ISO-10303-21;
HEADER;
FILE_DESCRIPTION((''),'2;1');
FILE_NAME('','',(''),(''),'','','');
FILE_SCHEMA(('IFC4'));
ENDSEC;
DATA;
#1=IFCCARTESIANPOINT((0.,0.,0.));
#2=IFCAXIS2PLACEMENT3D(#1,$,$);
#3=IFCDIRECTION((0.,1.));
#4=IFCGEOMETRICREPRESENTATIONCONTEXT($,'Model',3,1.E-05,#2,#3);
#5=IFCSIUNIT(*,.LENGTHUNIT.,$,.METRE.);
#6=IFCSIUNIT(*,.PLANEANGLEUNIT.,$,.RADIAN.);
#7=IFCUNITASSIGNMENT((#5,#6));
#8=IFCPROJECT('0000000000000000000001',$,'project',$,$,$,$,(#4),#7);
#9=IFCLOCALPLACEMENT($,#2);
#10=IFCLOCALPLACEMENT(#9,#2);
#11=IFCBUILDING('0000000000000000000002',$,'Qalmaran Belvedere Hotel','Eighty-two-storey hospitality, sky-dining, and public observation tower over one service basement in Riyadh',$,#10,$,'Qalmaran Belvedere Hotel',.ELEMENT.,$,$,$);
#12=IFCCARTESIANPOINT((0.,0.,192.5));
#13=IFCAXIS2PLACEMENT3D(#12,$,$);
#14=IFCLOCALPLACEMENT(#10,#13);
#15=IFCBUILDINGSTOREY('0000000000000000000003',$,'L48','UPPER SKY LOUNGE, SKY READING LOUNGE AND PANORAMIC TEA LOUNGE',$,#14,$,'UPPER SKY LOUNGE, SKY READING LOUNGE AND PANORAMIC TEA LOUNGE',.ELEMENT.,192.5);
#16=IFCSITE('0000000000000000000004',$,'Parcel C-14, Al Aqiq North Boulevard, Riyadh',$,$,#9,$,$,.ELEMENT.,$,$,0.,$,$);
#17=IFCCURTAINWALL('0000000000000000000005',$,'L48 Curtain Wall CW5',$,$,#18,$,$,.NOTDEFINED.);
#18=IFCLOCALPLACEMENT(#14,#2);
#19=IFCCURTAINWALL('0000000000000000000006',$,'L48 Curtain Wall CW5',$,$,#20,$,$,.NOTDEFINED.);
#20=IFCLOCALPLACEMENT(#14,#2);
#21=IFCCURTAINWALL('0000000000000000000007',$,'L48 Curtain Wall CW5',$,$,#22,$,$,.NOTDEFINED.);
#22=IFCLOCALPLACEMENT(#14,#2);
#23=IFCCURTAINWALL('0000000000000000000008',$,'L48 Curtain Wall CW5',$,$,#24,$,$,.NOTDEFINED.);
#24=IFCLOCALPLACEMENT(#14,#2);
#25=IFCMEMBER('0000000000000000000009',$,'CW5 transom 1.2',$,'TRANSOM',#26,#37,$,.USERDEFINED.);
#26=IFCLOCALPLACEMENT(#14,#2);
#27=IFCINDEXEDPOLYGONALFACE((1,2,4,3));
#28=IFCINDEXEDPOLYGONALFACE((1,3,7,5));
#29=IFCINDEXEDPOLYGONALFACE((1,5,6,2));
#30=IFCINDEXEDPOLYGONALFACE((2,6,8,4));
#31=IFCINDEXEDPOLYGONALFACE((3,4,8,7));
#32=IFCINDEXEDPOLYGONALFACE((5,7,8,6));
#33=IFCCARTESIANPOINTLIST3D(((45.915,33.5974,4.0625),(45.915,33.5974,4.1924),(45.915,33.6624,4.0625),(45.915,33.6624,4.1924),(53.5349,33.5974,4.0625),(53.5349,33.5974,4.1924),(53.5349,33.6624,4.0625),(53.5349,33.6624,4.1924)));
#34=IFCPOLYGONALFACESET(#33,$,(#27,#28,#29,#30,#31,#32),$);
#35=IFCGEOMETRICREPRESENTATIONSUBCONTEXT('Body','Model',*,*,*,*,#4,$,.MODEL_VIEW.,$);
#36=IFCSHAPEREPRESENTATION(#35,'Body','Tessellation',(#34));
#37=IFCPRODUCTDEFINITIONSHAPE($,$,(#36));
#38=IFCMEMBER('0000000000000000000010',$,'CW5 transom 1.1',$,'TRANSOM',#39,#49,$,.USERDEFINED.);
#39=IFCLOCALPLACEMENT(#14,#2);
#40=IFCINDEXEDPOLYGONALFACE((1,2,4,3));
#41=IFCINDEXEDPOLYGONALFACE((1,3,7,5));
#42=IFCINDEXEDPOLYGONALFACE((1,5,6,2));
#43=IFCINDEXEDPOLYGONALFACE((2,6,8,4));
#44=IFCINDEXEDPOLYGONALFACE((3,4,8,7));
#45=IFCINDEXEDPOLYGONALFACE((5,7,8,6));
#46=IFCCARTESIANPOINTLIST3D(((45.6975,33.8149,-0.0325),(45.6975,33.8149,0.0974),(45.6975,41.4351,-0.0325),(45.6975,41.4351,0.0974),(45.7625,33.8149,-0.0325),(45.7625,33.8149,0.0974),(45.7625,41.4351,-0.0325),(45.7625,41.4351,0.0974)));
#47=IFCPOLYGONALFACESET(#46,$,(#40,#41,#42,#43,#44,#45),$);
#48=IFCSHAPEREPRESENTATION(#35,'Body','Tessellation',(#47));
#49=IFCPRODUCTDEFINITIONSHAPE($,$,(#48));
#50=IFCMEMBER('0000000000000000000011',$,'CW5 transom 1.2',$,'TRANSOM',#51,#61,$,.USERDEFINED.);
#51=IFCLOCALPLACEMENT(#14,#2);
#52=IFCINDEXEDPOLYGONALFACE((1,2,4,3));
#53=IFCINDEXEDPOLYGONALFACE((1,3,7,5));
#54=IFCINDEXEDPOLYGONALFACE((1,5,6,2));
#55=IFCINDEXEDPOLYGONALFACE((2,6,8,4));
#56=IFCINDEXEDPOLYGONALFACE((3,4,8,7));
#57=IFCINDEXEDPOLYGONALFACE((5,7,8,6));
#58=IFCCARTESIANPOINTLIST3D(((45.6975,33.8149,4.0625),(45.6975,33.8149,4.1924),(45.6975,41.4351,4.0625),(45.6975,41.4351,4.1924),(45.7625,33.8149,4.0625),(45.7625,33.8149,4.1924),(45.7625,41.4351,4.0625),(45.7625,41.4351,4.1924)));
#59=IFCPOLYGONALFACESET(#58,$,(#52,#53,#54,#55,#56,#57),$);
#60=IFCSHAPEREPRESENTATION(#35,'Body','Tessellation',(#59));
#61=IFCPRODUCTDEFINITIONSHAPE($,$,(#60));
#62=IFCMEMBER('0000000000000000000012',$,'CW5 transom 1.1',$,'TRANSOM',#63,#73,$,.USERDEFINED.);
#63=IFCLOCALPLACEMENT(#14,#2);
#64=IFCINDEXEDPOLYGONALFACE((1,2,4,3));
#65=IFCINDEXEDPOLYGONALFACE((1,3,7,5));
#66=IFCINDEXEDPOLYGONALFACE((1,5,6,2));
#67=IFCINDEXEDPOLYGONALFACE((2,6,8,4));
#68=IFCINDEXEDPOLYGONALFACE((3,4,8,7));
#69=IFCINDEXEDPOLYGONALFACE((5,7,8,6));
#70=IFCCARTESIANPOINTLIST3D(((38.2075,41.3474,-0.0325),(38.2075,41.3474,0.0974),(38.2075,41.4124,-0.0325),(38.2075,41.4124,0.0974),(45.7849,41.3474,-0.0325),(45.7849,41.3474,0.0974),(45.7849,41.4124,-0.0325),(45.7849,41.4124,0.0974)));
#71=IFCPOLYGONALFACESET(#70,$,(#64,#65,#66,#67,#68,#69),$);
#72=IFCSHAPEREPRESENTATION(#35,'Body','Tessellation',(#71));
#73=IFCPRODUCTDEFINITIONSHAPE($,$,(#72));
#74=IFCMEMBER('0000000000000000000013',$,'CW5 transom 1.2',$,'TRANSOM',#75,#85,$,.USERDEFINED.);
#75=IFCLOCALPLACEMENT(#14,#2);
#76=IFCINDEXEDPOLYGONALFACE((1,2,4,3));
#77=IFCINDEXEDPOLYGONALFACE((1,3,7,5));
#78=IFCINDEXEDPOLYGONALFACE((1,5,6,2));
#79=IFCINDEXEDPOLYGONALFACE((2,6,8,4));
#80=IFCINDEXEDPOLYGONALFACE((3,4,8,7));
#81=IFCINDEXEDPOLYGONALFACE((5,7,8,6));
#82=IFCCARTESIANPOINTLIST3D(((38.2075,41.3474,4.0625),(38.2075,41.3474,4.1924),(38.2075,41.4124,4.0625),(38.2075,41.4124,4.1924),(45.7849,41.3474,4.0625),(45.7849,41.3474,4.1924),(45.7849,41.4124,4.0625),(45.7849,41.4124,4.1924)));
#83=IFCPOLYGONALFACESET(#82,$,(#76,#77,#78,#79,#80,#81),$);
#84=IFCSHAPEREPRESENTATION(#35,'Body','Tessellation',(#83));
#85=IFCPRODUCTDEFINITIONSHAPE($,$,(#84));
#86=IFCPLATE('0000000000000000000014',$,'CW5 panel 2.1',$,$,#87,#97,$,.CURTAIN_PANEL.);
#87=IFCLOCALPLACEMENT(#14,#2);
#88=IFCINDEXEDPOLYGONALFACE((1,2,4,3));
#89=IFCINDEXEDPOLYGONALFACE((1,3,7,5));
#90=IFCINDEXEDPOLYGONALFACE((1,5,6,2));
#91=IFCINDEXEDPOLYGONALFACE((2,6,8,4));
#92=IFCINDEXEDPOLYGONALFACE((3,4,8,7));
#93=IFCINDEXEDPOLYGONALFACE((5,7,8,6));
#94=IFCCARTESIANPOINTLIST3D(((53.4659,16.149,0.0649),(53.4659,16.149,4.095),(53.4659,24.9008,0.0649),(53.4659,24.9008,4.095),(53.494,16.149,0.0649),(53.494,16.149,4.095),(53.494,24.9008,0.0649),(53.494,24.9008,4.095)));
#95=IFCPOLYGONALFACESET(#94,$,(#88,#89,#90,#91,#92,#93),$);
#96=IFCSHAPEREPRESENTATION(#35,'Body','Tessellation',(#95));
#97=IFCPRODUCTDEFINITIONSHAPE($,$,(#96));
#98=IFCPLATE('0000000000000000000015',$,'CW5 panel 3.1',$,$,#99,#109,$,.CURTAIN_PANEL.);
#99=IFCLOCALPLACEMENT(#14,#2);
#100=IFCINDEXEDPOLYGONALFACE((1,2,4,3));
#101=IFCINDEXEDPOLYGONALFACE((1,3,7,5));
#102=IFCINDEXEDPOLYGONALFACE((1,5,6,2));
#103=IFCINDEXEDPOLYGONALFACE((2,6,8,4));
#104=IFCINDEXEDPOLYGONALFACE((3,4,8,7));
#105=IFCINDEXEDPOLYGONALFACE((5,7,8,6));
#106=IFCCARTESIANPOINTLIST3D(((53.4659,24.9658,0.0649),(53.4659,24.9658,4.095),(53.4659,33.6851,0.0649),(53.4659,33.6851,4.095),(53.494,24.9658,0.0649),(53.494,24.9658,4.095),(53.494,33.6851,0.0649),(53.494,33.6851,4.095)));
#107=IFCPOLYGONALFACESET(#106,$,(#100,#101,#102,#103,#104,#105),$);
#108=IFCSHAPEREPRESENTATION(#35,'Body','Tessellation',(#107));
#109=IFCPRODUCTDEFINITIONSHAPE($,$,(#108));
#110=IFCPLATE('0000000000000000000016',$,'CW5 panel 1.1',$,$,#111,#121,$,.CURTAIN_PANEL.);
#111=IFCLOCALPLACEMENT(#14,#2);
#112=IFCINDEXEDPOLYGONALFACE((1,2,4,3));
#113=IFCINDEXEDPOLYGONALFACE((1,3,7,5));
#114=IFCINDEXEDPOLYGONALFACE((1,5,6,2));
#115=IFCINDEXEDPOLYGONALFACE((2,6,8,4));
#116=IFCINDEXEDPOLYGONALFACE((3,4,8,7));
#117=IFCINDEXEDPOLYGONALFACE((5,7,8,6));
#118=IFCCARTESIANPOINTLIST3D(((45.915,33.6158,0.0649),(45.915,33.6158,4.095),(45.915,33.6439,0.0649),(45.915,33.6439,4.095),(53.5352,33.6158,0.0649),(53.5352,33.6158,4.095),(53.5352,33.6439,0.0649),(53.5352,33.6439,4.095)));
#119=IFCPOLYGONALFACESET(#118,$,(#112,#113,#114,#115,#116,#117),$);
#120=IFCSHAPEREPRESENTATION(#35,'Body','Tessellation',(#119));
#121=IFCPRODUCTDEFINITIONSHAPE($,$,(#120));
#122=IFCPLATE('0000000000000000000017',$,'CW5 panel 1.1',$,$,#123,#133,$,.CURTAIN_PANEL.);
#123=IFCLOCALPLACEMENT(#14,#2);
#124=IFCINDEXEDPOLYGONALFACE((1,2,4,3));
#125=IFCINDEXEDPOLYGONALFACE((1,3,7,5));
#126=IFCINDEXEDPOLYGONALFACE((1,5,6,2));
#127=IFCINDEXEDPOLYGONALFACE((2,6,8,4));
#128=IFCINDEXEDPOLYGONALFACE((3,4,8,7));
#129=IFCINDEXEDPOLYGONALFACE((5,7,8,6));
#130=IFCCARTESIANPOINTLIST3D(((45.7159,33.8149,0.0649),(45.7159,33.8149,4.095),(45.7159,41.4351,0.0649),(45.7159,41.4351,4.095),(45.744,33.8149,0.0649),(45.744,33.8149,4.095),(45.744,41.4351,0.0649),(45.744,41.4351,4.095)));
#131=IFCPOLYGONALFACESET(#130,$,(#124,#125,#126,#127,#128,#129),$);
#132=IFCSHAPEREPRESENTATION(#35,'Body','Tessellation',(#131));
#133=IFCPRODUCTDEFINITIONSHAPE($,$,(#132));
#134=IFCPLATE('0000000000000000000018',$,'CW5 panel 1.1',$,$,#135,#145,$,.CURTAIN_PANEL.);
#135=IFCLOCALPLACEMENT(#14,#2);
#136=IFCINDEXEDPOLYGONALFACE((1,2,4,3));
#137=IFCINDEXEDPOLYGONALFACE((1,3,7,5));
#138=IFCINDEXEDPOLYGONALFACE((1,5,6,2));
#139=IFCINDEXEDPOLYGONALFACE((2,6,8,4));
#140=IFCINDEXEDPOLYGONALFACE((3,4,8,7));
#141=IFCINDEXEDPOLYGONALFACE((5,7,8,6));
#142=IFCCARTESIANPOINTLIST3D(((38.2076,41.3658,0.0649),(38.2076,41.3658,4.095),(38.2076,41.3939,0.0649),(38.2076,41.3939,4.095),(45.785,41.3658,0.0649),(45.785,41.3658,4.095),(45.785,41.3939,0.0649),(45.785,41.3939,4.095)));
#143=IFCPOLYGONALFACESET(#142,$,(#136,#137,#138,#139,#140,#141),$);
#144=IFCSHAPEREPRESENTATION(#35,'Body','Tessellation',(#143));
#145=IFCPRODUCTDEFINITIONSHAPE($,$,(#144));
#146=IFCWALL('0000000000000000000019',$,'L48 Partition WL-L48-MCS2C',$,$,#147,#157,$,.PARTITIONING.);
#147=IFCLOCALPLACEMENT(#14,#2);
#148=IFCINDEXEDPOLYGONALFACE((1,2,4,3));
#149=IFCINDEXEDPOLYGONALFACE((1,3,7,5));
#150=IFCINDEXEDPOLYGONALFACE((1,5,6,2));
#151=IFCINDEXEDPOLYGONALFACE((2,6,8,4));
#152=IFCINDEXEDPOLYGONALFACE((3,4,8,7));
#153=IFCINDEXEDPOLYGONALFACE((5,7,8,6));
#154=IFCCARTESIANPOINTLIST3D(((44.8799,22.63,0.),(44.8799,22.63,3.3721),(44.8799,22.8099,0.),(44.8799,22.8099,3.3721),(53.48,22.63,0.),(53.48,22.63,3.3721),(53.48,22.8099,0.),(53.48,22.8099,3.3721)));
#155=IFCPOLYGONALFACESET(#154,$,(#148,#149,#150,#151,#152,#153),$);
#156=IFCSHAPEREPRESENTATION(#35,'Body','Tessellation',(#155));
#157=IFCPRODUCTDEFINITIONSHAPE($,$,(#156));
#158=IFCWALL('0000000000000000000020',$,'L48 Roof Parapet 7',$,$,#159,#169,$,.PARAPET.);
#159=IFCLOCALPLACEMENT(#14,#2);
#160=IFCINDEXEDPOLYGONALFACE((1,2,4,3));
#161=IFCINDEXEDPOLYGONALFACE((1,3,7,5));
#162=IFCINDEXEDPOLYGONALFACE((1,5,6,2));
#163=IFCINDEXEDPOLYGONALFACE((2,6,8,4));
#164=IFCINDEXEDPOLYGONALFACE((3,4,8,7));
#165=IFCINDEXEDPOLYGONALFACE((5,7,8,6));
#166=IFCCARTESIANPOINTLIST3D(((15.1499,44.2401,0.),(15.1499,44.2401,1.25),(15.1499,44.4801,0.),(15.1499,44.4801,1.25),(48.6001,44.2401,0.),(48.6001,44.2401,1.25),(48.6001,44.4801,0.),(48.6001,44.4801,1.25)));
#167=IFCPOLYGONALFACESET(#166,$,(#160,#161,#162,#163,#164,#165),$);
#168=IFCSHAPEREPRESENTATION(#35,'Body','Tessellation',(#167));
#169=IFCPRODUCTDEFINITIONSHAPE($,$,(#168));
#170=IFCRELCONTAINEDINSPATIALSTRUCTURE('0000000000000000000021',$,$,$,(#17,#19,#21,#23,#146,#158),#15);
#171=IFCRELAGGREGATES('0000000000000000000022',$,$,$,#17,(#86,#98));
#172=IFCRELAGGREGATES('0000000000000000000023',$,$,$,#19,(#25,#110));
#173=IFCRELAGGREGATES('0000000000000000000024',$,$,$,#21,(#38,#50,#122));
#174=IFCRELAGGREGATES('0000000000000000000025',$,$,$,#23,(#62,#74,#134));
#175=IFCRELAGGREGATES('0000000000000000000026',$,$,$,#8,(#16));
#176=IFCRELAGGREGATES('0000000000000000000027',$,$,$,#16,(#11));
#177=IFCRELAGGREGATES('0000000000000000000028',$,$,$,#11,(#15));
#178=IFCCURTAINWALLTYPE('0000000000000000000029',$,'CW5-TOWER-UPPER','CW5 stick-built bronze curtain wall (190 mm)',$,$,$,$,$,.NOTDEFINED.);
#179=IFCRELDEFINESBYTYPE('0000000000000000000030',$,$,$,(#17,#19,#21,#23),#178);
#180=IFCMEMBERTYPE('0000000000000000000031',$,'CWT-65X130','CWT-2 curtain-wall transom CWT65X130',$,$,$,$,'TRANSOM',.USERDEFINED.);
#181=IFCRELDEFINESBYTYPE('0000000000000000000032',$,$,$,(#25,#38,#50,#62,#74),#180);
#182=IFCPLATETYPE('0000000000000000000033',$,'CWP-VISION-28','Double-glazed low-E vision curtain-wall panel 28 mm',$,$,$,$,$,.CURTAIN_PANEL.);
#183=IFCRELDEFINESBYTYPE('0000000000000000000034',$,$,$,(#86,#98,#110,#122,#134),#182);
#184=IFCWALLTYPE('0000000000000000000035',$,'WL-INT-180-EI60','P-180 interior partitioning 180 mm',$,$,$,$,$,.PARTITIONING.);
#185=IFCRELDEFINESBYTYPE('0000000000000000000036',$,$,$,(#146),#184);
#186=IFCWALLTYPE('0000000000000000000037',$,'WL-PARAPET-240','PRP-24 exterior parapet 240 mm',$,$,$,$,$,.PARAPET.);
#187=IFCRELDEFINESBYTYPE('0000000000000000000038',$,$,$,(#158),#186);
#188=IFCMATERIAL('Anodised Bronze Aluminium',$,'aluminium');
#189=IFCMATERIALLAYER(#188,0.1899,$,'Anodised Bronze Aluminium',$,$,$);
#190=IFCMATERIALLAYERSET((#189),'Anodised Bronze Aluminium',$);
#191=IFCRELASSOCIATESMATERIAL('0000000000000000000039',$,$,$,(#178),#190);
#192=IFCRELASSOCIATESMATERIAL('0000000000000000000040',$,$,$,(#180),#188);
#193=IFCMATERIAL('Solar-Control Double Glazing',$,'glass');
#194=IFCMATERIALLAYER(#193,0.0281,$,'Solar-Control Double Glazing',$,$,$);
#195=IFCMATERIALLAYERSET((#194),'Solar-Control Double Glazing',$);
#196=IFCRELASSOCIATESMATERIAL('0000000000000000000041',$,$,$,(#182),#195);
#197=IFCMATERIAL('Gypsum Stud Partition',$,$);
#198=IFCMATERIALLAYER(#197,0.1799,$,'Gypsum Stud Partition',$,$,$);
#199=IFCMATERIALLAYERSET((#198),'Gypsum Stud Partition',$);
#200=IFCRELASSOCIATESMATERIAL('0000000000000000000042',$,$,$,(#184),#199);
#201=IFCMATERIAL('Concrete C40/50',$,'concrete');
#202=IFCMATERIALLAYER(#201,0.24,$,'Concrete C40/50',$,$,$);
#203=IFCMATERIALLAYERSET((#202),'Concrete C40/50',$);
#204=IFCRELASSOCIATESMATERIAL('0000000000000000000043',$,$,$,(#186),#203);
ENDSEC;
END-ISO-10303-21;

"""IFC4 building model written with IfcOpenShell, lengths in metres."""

from ifc_helpers import new_model, si_unit, direction, frame, frame_2d, origin, origin_2d, place, context, subcontext, project, spatial, rectangle, extrude, material, layer, layer_set, material_profile, profile_set, type_object, element, aggregate, save


model = new_model("IFC4")

# Units and contexts
model_context = context("Model", 3, precision=1e-05, world=origin(), true_north=direction((0.0, 1.0)))
body_context = subcontext(model_context, "Body", "Model", "MODEL_VIEW")
ifc_project = project(units=[si_unit("LENGTHUNIT", "METRE"), si_unit("PLANEANGLEUNIT", "RADIAN")], contexts=[model_context])

# Site, building, storey
site_placement = place(None, origin())
site = spatial("IfcSite", under=ifc_project, at=site_placement, Name="Parcel C-14, Al Aqiq North Boulevard, Riyadh", CompositionType="ELEMENT", RefElevation=0.0)
building_placement = place(site_placement, origin())
building = spatial("IfcBuilding", under=site, at=building_placement, Name="Qalmaran Belvedere Hotel", Description="Eighty-two-storey hospitality, sky-dining, and public observation tower over one service basement in Riyadh", LongName="Qalmaran Belvedere Hotel", CompositionType="ELEMENT")
storey_placement = place(building_placement, frame((0.0, 0.0, 192.5)))
storey = spatial("IfcBuildingStorey", under=building, at=storey_placement, Name="L48", Description="UPPER SKY LOUNGE, SKY READING LOUNGE AND PANORAMIC TEA LOUNGE", LongName="UPPER SKY LOUNGE, SKY READING LOUNGE AND PANORAMIC TEA LOUNGE", CompositionType="ELEMENT", Elevation=192.5)

# Curtain walls
ifc_material_1 = material(Name="Anodised Bronze Aluminium", Category="aluminium")
ifc_layer_1 = layer(ifc_material_1, 0.1899, Name="Anodised Bronze Aluminium")
ifc_layer_set_1 = layer_set([ifc_layer_1], Name="Anodised Bronze Aluminium")
curtain_wall_type = type_object("IfcCurtainWallType", Name="CW5-TOWER-UPPER", Description="CW5 stick-built bronze curtain wall (190 mm)", PredefinedType="NOTDEFINED", material=ifc_layer_set_1)
curtain_wall_1_placement = place(storey_placement, origin())
curtain_wall_1 = element("IfcCurtainWall", 1, at=curtain_wall_1_placement, inside=storey, type_object=curtain_wall_type, Name="L48 Curtain Wall CW5", PredefinedType="NOTDEFINED")
curtain_wall_2_placement = place(storey_placement, origin())
curtain_wall_2 = element("IfcCurtainWall", 2, at=curtain_wall_2_placement, inside=storey, type_object=curtain_wall_type, Name="L48 Curtain Wall CW5", PredefinedType="NOTDEFINED")
curtain_wall_3_placement = place(storey_placement, origin())
curtain_wall_3 = element("IfcCurtainWall", 3, at=curtain_wall_3_placement, inside=storey, type_object=curtain_wall_type, Name="L48 Curtain Wall CW5", PredefinedType="NOTDEFINED")
curtain_wall_4_placement = place(storey_placement, origin())
curtain_wall_4 = element("IfcCurtainWall", 4, at=curtain_wall_4_placement, inside=storey, type_object=curtain_wall_type, Name="L48 Curtain Wall CW5", PredefinedType="NOTDEFINED")

# Members
ifc_material_profile_1 = material_profile(ifc_material_1, rectangle(XDim=0.0649, YDim=0.1299, at=origin_2d()), Name="CWT65X130")
ifc_profile_set_1 = profile_set([ifc_material_profile_1], Name="Anodised Bronze Aluminium")
member_type_1 = type_object("IfcMemberType", Name="CWT-65X130", Description="CWT-2 curtain-wall transom CWT65X130", ElementType="TRANSOM", PredefinedType="USERDEFINED", material=ifc_profile_set_1)
member_1_placement = place(storey_placement, frame((53.5349, 33.6299, 4.1274), z_axis=(-1.0, 0.0, 0.0), x_axis=(0.0, -1.0, 0.0)))
member_1 = element("IfcMember", 5, at=member_1_placement, type_object=member_type_1, Name="CW5 transom 1.2", ObjectType="TRANSOM", PredefinedType="USERDEFINED", context=body_context, shape_type="SweptSolid", body=[
    extrude(rectangle(XDim=0.0649, YDim=0.1299, at=origin_2d()), origin(), (0.0, 0.0, 1.0), 7.6199),
])
member_2_placement = place(storey_placement, frame((45.73, 33.8149, 0.0325), z_axis=(0.0, 1.0, 0.0), x_axis=(-1.0, 0.0, 0.0)))
member_2 = element("IfcMember", 6, at=member_2_placement, type_object=member_type_1, Name="CW5 transom 1.1", ObjectType="TRANSOM", PredefinedType="USERDEFINED", context=body_context, shape_type="SweptSolid", body=[
    extrude(rectangle(XDim=0.0649, YDim=0.1299, at=origin_2d()), origin(), (0.0, 0.0, 1.0), 7.6201),
])
member_3_placement = place(storey_placement, frame((45.73, 33.8149, 4.1274), z_axis=(0.0, 1.0, 0.0), x_axis=(-1.0, 0.0, 0.0)))
member_3 = element("IfcMember", 7, at=member_3_placement, type_object=member_type_1, Name="CW5 transom 1.2", ObjectType="TRANSOM", PredefinedType="USERDEFINED", context=body_context, shape_type="SweptSolid", body=[
    extrude(rectangle(XDim=0.0649, YDim=0.1299, at=origin_2d()), origin(), (0.0, 0.0, 1.0), 7.6201),
])
member_4_placement = place(storey_placement, frame((45.7849, 41.3799, 0.0325), z_axis=(-1.0, 0.0, 0.0), x_axis=(0.0, -1.0, 0.0)))
member_4 = element("IfcMember", 8, at=member_4_placement, type_object=member_type_1, Name="CW5 transom 1.1", ObjectType="TRANSOM", PredefinedType="USERDEFINED", context=body_context, shape_type="SweptSolid", body=[
    extrude(rectangle(XDim=0.0649, YDim=0.1299, at=origin_2d()), origin(), (0.0, 0.0, 1.0), 7.5774),
])
member_5_placement = place(storey_placement, frame((45.7849, 41.3799, 4.1274), z_axis=(-1.0, 0.0, 0.0), x_axis=(0.0, -1.0, 0.0)))
member_5 = element("IfcMember", 9, at=member_5_placement, type_object=member_type_1, Name="CW5 transom 1.2", ObjectType="TRANSOM", PredefinedType="USERDEFINED", context=body_context, shape_type="SweptSolid", body=[
    extrude(rectangle(XDim=0.0649, YDim=0.1299, at=origin_2d()), origin(), (0.0, 0.0, 1.0), 7.5774),
])

# Plates
ifc_material_2 = material(Name="Solar-Control Double Glazing", Category="glass")
ifc_layer_2 = layer(ifc_material_2, 0.0281, Name="Solar-Control Double Glazing")
ifc_layer_set_2 = layer_set([ifc_layer_2], Name="Solar-Control Double Glazing")
plate_type = type_object("IfcPlateType", Name="CWP-VISION-28", Description="Double-glazed low-E vision curtain-wall panel 28 mm", PredefinedType="CURTAIN_PANEL", material=ifc_layer_set_2)
plate_1_placement = place(storey_placement, frame((53.48, 20.5249, 0.0649), z_axis=(0.0, 0.0, 1.0), x_axis=(0.0, 1.0, 0.0)))
plate_1 = element("IfcPlate", 10, at=plate_1_placement, type_object=plate_type, Name="CW5 panel 2.1", PredefinedType="CURTAIN_PANEL", context=body_context, shape_type="SweptSolid", body=[
    extrude(rectangle(XDim=8.7517, YDim=0.0281, at=origin_2d()), origin(), (0.0, 0.0, 1.0), 4.03),
])
plate_2_placement = place(storey_placement, frame((53.48, 29.3254, 0.0649), z_axis=(0.0, 0.0, 1.0), x_axis=(0.0, 1.0, 0.0)))
plate_2 = element("IfcPlate", 11, at=plate_2_placement, type_object=plate_type, Name="CW5 panel 3.1", PredefinedType="CURTAIN_PANEL", context=body_context, shape_type="SweptSolid", body=[
    extrude(rectangle(XDim=8.7192, YDim=0.0281, at=origin_2d()), origin(), (0.0, 0.0, 1.0), 4.03),
])
aggregate(curtain_wall_1, [plate_1, plate_2])
plate_3_placement = place(storey_placement, frame((49.7251, 33.6299, 0.0649), z_axis=(0.0, 0.0, 1.0), x_axis=(-1.0, 0.0, 0.0)))
plate_3 = element("IfcPlate", 12, at=plate_3_placement, type_object=plate_type, Name="CW5 panel 1.1", PredefinedType="CURTAIN_PANEL", context=body_context, shape_type="SweptSolid", body=[
    extrude(rectangle(XDim=7.6201, YDim=0.0281, at=origin_2d()), origin(), (0.0, 0.0, 1.0), 4.03),
])
aggregate(curtain_wall_2, [member_1, plate_3])
plate_4_placement = place(storey_placement, frame((45.73, 37.625, 0.0649), z_axis=(0.0, 0.0, 1.0), x_axis=(0.0, 1.0, 0.0)))
plate_4 = element("IfcPlate", 13, at=plate_4_placement, type_object=plate_type, Name="CW5 panel 1.1", PredefinedType="CURTAIN_PANEL", context=body_context, shape_type="SweptSolid", body=[
    extrude(rectangle(XDim=7.6201, YDim=0.0281, at=origin_2d()), origin(), (0.0, 0.0, 1.0), 4.03),
])
aggregate(curtain_wall_3, [member_2, member_3, plate_4])
plate_5_placement = place(storey_placement, frame((41.9963, 41.3799, 0.0649), z_axis=(0.0, 0.0, 1.0), x_axis=(-1.0, 0.0, 0.0)))
plate_5 = element("IfcPlate", 14, at=plate_5_placement, type_object=plate_type, Name="CW5 panel 1.1", PredefinedType="CURTAIN_PANEL", context=body_context, shape_type="SweptSolid", body=[
    extrude(rectangle(XDim=7.5774, YDim=0.0281, at=origin_2d()), origin(), (0.0, 0.0, 1.0), 4.03),
])
aggregate(curtain_wall_4, [member_4, member_5, plate_5])

# Walls
ifc_material_3 = material(Name="Gypsum Stud Partition")
ifc_layer_3 = layer(ifc_material_3, 0.1799, Name="Gypsum Stud Partition")
ifc_layer_set_3 = layer_set([ifc_layer_3], Name="Gypsum Stud Partition")
wall_type_1 = type_object("IfcWallType", Name="WL-INT-180-EI60", Description="P-180 interior partitioning 180 mm", PredefinedType="PARTITIONING", material=ifc_layer_set_3)
wall_1_placement = place(storey_placement, frame((44.8799, 22.72, 0.0), z_axis=(0.0, 0.0, 1.0), x_axis=(1.0, 0.0, 0.0)))
element("IfcWall", 15, at=wall_1_placement, inside=storey, type_object=wall_type_1, Name="L48 Partition WL-L48-MCS2C", PredefinedType="PARTITIONING", context=body_context, shape_type="SweptSolid", body=[
    extrude(rectangle(XDim=8.6001, YDim=0.1799, at=frame_2d((4.3, 0.0))), origin(), (0.0, 0.0, 1.0), 3.3721),
])
ifc_material_4 = material(Name="Concrete C40/50", Category="concrete")
ifc_layer_4 = layer(ifc_material_4, 0.24, Name="Concrete C40/50")
ifc_layer_set_4 = layer_set([ifc_layer_4], Name="Concrete C40/50")
wall_type_2 = type_object("IfcWallType", Name="WL-PARAPET-240", Description="PRP-24 exterior parapet 240 mm", PredefinedType="PARAPET", material=ifc_layer_set_4)
wall_2_placement = place(storey_placement, frame((48.6001, 44.3601, 0.0), z_axis=(0.0, 0.0, 1.0), x_axis=(-1.0, 0.0, 0.0)))
element("IfcWall", 16, at=wall_2_placement, inside=storey, type_object=wall_type_2, Name="L48 Roof Parapet 7", PredefinedType="PARAPET", context=body_context, shape_type="SweptSolid", body=[
    extrude(rectangle(XDim=33.4502, YDim=0.24, at=frame_2d((16.7251, 0.0))), origin(), (0.0, 0.0, 1.0), 1.25),
])

save(model, "model.ifc")
